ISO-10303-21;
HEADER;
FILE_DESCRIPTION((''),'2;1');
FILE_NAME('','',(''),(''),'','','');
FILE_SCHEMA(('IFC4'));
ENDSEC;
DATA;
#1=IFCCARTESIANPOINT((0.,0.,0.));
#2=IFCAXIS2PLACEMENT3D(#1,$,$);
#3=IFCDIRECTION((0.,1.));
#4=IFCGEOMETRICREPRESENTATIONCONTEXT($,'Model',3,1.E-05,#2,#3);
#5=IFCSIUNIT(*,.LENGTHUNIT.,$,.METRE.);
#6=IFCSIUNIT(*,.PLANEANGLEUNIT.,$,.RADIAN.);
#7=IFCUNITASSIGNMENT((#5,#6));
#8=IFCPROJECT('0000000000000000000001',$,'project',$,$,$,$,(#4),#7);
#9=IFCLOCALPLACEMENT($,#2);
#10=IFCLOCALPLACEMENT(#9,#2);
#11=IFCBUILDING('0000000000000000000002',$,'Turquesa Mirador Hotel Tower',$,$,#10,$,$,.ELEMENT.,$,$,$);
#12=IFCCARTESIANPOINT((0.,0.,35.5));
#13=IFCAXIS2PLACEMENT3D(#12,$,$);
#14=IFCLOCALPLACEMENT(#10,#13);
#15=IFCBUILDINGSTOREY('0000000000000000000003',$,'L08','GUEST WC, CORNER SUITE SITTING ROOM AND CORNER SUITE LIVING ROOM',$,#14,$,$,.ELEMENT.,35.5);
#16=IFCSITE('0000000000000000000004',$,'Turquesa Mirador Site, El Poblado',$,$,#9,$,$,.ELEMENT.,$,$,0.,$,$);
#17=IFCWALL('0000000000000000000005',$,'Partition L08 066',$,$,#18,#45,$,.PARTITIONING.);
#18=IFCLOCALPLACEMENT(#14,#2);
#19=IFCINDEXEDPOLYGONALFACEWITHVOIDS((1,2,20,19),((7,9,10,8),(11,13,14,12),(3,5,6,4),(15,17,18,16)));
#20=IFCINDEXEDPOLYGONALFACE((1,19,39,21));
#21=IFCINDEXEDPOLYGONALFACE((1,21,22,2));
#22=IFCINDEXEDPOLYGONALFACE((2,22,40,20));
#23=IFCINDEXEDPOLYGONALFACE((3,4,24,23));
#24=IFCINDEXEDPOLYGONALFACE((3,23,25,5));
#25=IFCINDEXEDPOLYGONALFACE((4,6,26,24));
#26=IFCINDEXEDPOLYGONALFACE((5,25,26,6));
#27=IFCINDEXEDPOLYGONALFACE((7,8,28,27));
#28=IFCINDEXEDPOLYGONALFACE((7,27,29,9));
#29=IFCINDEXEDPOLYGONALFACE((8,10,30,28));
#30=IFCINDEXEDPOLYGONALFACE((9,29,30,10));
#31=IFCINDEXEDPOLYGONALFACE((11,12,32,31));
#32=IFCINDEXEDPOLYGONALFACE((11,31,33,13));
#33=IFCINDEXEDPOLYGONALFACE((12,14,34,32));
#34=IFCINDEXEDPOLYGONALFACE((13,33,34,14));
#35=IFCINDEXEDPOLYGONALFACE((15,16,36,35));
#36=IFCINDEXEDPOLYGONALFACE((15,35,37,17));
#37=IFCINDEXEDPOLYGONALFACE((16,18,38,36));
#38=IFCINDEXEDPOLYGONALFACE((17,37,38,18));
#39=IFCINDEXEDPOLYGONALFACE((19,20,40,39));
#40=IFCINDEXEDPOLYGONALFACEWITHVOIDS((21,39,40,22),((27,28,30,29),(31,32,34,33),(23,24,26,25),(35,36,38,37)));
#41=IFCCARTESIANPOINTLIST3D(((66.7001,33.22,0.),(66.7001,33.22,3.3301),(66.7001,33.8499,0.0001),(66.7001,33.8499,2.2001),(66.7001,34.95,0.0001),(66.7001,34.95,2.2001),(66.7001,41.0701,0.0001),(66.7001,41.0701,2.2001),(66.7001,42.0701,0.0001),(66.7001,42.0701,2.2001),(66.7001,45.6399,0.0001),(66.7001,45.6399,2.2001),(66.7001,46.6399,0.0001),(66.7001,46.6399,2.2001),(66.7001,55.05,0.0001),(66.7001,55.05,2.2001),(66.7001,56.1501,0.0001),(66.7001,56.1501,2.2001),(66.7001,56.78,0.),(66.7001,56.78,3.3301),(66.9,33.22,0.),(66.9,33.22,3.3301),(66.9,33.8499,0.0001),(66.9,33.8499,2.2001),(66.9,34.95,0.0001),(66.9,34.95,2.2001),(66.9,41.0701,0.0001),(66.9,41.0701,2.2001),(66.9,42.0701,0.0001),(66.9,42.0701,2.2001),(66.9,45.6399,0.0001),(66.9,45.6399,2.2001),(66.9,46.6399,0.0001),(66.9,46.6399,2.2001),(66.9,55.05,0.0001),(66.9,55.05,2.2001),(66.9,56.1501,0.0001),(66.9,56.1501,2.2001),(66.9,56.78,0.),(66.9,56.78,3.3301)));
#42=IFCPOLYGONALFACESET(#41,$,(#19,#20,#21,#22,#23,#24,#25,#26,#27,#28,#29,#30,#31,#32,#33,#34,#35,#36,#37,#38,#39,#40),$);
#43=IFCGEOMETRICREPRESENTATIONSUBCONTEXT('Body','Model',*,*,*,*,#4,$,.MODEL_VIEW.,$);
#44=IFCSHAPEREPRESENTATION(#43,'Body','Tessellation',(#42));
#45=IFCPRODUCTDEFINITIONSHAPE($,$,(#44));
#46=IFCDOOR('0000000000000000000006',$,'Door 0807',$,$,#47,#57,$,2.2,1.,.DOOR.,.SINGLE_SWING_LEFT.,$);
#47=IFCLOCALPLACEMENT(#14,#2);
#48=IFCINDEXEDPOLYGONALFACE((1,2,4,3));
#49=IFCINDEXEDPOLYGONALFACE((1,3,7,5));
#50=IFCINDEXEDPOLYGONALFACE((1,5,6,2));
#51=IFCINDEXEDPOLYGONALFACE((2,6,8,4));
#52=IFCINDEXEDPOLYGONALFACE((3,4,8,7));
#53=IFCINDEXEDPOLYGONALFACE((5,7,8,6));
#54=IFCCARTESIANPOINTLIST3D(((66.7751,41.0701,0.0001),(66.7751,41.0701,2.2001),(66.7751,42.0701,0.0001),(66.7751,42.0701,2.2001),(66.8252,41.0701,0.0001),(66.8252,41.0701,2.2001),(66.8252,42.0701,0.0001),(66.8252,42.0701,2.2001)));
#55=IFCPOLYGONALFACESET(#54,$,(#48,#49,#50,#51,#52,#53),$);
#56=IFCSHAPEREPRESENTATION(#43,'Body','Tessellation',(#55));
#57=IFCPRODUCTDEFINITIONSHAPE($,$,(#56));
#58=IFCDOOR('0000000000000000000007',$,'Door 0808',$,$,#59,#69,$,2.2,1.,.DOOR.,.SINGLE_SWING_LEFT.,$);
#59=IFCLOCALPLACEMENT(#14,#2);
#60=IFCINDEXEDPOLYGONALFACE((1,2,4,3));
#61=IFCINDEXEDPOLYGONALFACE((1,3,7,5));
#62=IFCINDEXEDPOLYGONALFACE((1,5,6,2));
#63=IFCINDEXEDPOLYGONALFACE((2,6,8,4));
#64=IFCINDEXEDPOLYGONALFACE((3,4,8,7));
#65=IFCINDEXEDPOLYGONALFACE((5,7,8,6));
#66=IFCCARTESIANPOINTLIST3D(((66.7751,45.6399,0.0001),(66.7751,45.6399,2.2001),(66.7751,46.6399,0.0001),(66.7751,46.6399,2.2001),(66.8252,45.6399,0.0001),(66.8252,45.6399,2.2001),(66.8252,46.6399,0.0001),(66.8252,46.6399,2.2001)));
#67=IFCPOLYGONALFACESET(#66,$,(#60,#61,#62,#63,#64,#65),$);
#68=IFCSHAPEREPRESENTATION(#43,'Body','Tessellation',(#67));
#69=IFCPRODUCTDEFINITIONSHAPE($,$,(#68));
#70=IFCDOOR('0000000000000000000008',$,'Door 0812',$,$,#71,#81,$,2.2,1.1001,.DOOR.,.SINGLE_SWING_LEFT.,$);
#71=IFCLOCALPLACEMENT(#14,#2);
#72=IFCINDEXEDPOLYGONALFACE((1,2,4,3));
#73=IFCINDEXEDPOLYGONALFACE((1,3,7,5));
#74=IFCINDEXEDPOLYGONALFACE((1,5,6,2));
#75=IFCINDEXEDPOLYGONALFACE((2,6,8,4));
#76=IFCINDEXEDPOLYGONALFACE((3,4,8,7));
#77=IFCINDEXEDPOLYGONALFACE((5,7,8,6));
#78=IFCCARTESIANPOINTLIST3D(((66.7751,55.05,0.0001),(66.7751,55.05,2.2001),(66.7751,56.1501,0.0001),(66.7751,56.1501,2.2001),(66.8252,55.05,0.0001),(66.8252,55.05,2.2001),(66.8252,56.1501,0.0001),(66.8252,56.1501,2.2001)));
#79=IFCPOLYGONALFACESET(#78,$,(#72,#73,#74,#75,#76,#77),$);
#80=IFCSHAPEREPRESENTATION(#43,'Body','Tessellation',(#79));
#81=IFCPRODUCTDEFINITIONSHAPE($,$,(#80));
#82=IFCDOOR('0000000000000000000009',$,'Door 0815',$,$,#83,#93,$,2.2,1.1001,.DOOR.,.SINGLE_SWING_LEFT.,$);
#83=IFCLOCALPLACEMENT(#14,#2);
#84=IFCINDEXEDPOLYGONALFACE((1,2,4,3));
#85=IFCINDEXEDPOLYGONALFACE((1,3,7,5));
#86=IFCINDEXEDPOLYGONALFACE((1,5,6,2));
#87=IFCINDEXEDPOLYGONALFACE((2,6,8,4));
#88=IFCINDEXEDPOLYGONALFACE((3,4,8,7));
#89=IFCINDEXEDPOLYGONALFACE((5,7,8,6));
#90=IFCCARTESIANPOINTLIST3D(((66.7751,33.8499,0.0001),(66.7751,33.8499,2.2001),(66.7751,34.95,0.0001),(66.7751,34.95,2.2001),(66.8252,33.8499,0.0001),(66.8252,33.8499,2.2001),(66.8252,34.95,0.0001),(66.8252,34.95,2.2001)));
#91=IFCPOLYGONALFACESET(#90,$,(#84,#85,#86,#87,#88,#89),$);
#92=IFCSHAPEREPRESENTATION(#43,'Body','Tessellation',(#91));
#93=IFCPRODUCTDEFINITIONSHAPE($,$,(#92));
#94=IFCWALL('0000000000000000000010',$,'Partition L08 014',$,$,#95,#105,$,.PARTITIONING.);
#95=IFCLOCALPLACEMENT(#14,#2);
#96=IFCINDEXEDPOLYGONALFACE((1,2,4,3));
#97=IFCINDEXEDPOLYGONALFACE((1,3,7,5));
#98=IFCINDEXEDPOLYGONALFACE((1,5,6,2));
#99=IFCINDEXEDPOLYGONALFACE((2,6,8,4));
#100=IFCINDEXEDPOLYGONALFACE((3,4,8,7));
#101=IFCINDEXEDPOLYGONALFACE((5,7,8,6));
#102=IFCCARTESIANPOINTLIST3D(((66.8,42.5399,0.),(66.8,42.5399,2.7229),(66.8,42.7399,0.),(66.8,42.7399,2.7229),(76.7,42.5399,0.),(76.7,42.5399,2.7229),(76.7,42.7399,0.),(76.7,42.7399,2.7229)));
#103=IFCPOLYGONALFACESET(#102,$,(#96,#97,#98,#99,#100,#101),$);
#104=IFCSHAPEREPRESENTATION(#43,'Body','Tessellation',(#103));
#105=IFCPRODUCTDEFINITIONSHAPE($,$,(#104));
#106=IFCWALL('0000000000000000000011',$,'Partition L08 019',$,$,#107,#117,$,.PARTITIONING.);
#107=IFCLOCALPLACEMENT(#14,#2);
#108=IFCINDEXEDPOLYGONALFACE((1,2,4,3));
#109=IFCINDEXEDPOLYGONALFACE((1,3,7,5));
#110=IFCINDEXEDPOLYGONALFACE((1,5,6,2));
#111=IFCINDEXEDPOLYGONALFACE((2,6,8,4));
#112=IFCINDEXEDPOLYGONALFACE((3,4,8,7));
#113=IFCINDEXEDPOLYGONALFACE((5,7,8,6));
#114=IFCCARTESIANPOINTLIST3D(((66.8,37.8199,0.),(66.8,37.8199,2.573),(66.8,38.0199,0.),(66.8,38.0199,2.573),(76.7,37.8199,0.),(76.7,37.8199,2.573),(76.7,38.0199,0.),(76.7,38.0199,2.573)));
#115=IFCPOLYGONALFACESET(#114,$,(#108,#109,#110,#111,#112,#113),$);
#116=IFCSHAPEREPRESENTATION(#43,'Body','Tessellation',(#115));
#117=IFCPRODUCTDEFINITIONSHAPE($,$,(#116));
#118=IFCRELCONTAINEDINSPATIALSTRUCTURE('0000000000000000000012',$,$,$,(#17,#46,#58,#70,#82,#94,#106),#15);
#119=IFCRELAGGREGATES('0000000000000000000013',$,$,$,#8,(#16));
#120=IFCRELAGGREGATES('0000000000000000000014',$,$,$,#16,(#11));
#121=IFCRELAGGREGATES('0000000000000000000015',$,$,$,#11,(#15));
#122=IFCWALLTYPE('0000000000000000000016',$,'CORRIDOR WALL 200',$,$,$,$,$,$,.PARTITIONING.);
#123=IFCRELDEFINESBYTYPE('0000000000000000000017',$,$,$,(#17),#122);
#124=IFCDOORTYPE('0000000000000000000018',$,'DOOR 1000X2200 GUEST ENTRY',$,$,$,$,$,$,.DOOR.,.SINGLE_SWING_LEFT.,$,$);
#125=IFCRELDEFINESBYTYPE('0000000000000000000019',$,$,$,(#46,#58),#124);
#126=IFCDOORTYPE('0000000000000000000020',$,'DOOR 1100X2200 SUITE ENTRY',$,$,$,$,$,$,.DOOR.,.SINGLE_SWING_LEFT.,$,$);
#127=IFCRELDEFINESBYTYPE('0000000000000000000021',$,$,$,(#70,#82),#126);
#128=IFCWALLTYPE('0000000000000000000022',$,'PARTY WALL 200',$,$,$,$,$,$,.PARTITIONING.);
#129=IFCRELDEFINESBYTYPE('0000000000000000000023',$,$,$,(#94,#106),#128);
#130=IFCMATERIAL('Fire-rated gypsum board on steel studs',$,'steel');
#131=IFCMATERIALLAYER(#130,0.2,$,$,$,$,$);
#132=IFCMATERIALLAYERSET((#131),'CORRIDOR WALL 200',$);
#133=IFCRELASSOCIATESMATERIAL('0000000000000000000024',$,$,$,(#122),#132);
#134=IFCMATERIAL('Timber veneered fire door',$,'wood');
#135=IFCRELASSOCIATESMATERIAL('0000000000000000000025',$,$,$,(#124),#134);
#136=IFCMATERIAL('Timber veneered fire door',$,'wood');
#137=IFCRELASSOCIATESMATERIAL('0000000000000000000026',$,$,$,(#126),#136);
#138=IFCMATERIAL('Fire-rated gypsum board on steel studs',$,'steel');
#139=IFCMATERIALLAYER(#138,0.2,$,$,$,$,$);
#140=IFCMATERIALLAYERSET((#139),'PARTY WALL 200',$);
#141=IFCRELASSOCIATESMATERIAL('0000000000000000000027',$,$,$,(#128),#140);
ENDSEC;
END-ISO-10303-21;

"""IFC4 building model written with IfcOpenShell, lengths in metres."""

from ifc_helpers import new_model, si_unit, direction, frame, frame_2d, origin, place, context, subcontext, project, spatial, rectangle, extrude, material, layer, layer_set, type_object, element, fill, save


model = new_model("IFC4")

# Units and contexts
model_context = context("Model", 3, precision=1e-05, world=origin(), true_north=direction((0.0, 1.0)))
body_context = subcontext(model_context, "Body", "Model", "MODEL_VIEW")
ifc_project = project(units=[si_unit("LENGTHUNIT", "METRE"), si_unit("PLANEANGLEUNIT", "RADIAN")], contexts=[model_context])

# Site, building, storey
site_placement = place(None, origin())
site = spatial("IfcSite", under=ifc_project, at=site_placement, Name="Turquesa Mirador Site, El Poblado", CompositionType="ELEMENT", RefElevation=0.0)
building_placement = place(site_placement, origin())
building = spatial("IfcBuilding", under=site, at=building_placement, Name="Turquesa Mirador Hotel Tower", CompositionType="ELEMENT")
storey_placement = place(building_placement, frame((0.0, 0.0, 35.5)))
storey = spatial("IfcBuildingStorey", under=building, at=storey_placement, Name="L08", Description="GUEST WC, CORNER SUITE SITTING ROOM AND CORNER SUITE LIVING ROOM", CompositionType="ELEMENT", Elevation=35.5)

# Wall, openings, doors
ifc_material_1 = material(Name="Fire-rated gypsum board on steel studs", Category="steel")
ifc_layer_1 = layer(ifc_material_1, 0.2)
ifc_layer_set_1 = layer_set([ifc_layer_1], Name="CORRIDOR WALL 200")
wall_type_1 = type_object("IfcWallType", Name="CORRIDOR WALL 200", PredefinedType="PARTITIONING", material=ifc_layer_set_1)
wall_1_placement = place(storey_placement, frame((66.8, 33.22, 0.0), z_axis=(0.0, 0.0, 1.0), x_axis=(0.0, 1.0, 0.0)))
wall_1 = element("IfcWall", 1, at=wall_1_placement, inside=storey, type_object=wall_type_1, Name="Partition L08 066", PredefinedType="PARTITIONING", context=body_context, shape_type="SweptSolid", body=[
    extrude(rectangle(XDim=23.5601, YDim=0.2, at=frame_2d((11.78, 0.0))), origin(), (0.0, 0.0, 1.0), 3.3301),
])
opening_1_placement = place(wall_1_placement, frame((7.8501, 0.0, 0.0)))
opening_1 = element("IfcOpeningElement", 2, at=opening_1_placement, cuts=wall_1, PredefinedType="OPENING", context=body_context, shape_type="SweptSolid", body=[
    extrude(rectangle(XDim=1.0, YDim=2.2, at=frame_2d((0.5, 1.1001))), frame((0.0, 0.1099, 0.0), z_axis=(0.0, -1.0, 0.0), x_axis=(1.0, 0.0, 0.0)), (0.0, 0.0, 1.0), 0.22),
])
opening_2_placement = place(wall_1_placement, frame((12.4199, 0.0, 0.0)))
opening_2 = element("IfcOpeningElement", 3, at=opening_2_placement, cuts=wall_1, PredefinedType="OPENING", context=body_context, shape_type="SweptSolid", body=[
    extrude(rectangle(XDim=1.0, YDim=2.2, at=frame_2d((0.5, 1.1001))), frame((0.0, 0.1099, 0.0), z_axis=(0.0, -1.0, 0.0), x_axis=(1.0, 0.0, 0.0)), (0.0, 0.0, 1.0), 0.22),
])
opening_3_placement = place(wall_1_placement, frame((21.8301, 0.0, 0.0)))
opening_3 = element("IfcOpeningElement", 4, at=opening_3_placement, cuts=wall_1, PredefinedType="OPENING", context=body_context, shape_type="SweptSolid", body=[
    extrude(rectangle(XDim=1.1001, YDim=2.2, at=frame_2d((0.55, 1.1001))), frame((0.0, 0.1099, 0.0), z_axis=(0.0, -1.0, 0.0), x_axis=(1.0, 0.0, 0.0)), (0.0, 0.0, 1.0), 0.22),
])
opening_4_placement = place(wall_1_placement, frame((0.6299, 0.0, 0.0)))
opening_4 = element("IfcOpeningElement", 5, at=opening_4_placement, cuts=wall_1, PredefinedType="OPENING", context=body_context, shape_type="SweptSolid", body=[
    extrude(rectangle(XDim=1.1001, YDim=2.2, at=frame_2d((0.55, 1.1001))), frame((0.0, 0.1099, 0.0), z_axis=(0.0, -1.0, 0.0), x_axis=(1.0, 0.0, 0.0)), (0.0, 0.0, 1.0), 0.22),
])
ifc_material_2 = material(Name="Timber veneered fire door", Category="wood")
door_type_1 = type_object("IfcDoorType", Name="DOOR 1000X2200 GUEST ENTRY", OperationType="SINGLE_SWING_LEFT", PredefinedType="DOOR", material=ifc_material_2)
door_1_placement = place(opening_1_placement, origin())
door_1 = element("IfcDoor", 6, at=door_1_placement, inside=storey, type_object=door_type_1, Name="Door 0807", OperationType="SINGLE_SWING_LEFT", OverallHeight=2.2, OverallWidth=1.0, PredefinedType="DOOR", context=body_context, shape_type="SweptSolid", body=[
    extrude(rectangle(XDim=1.0, YDim=2.2, at=frame_2d((0.5, 1.1001))), frame((0.0, 0.0249, 0.0), z_axis=(0.0, -1.0, 0.0), x_axis=(1.0, 0.0, 0.0)), (0.0, 0.0, 1.0), 0.05),
])
fill(opening_1, door_1)
door_2_placement = place(opening_2_placement, origin())
door_2 = element("IfcDoor", 7, at=door_2_placement, inside=storey, type_object=door_type_1, Name="Door 0808", OperationType="SINGLE_SWING_LEFT", OverallHeight=2.2, OverallWidth=1.0, PredefinedType="DOOR", context=body_context, shape_type="SweptSolid", body=[
    extrude(rectangle(XDim=1.0, YDim=2.2, at=frame_2d((0.5, 1.1001))), frame((0.0, 0.0249, 0.0), z_axis=(0.0, -1.0, 0.0), x_axis=(1.0, 0.0, 0.0)), (0.0, 0.0, 1.0), 0.05),
])
fill(opening_2, door_2)
ifc_material_3 = material(Name="Timber veneered fire door", Category="wood")
door_type_2 = type_object("IfcDoorType", Name="DOOR 1100X2200 SUITE ENTRY", OperationType="SINGLE_SWING_LEFT", PredefinedType="DOOR", material=ifc_material_3)
door_3_placement = place(opening_3_placement, origin())
door_3 = element("IfcDoor", 8, at=door_3_placement, inside=storey, type_object=door_type_2, Name="Door 0812", OperationType="SINGLE_SWING_LEFT", OverallHeight=2.2, OverallWidth=1.1001, PredefinedType="DOOR", context=body_context, shape_type="SweptSolid", body=[
    extrude(rectangle(XDim=1.1001, YDim=2.2, at=frame_2d((0.55, 1.1001))), frame((0.0, 0.0249, 0.0), z_axis=(0.0, -1.0, 0.0), x_axis=(1.0, 0.0, 0.0)), (0.0, 0.0, 1.0), 0.05),
])
fill(opening_3, door_3)
door_4_placement = place(opening_4_placement, origin())
door_4 = element("IfcDoor", 9, at=door_4_placement, inside=storey, type_object=door_type_2, Name="Door 0815", OperationType="SINGLE_SWING_LEFT", OverallHeight=2.2, OverallWidth=1.1001, PredefinedType="DOOR", context=body_context, shape_type="SweptSolid", body=[
    extrude(rectangle(XDim=1.1001, YDim=2.2, at=frame_2d((0.55, 1.1001))), frame((0.0, 0.0249, 0.0), z_axis=(0.0, -1.0, 0.0), x_axis=(1.0, 0.0, 0.0)), (0.0, 0.0, 1.0), 0.05),
])
fill(opening_4, door_4)

# Walls
ifc_material_4 = material(Name="Fire-rated gypsum board on steel studs", Category="steel")
ifc_layer_2 = layer(ifc_material_4, 0.2)
ifc_layer_set_2 = layer_set([ifc_layer_2], Name="PARTY WALL 200")
wall_type_2 = type_object("IfcWallType", Name="PARTY WALL 200", PredefinedType="PARTITIONING", material=ifc_layer_set_2)
wall_2_placement = place(storey_placement, frame((66.8, 42.6399, 0.0), z_axis=(0.0, 0.0, 1.0), x_axis=(1.0, 0.0, 0.0)))
element("IfcWall", 10, at=wall_2_placement, inside=storey, type_object=wall_type_2, Name="Partition L08 014", PredefinedType="PARTITIONING", context=body_context, shape_type="SweptSolid", body=[
    extrude(rectangle(XDim=9.8999, YDim=0.2, at=frame_2d((4.95, 0.0))), origin(), (0.0, 0.0, 1.0), 2.7229),
])
wall_3_placement = place(storey_placement, frame((66.8, 37.9199, 0.0), z_axis=(0.0, 0.0, 1.0), x_axis=(1.0, 0.0, 0.0)))
element("IfcWall", 11, at=wall_3_placement, inside=storey, type_object=wall_type_2, Name="Partition L08 019", PredefinedType="PARTITIONING", context=body_context, shape_type="SweptSolid", body=[
    extrude(rectangle(XDim=9.8999, YDim=0.2, at=frame_2d((4.95, 0.0))), origin(), (0.0, 0.0, 1.0), 2.573),
])

save(model, "model.ifc")
